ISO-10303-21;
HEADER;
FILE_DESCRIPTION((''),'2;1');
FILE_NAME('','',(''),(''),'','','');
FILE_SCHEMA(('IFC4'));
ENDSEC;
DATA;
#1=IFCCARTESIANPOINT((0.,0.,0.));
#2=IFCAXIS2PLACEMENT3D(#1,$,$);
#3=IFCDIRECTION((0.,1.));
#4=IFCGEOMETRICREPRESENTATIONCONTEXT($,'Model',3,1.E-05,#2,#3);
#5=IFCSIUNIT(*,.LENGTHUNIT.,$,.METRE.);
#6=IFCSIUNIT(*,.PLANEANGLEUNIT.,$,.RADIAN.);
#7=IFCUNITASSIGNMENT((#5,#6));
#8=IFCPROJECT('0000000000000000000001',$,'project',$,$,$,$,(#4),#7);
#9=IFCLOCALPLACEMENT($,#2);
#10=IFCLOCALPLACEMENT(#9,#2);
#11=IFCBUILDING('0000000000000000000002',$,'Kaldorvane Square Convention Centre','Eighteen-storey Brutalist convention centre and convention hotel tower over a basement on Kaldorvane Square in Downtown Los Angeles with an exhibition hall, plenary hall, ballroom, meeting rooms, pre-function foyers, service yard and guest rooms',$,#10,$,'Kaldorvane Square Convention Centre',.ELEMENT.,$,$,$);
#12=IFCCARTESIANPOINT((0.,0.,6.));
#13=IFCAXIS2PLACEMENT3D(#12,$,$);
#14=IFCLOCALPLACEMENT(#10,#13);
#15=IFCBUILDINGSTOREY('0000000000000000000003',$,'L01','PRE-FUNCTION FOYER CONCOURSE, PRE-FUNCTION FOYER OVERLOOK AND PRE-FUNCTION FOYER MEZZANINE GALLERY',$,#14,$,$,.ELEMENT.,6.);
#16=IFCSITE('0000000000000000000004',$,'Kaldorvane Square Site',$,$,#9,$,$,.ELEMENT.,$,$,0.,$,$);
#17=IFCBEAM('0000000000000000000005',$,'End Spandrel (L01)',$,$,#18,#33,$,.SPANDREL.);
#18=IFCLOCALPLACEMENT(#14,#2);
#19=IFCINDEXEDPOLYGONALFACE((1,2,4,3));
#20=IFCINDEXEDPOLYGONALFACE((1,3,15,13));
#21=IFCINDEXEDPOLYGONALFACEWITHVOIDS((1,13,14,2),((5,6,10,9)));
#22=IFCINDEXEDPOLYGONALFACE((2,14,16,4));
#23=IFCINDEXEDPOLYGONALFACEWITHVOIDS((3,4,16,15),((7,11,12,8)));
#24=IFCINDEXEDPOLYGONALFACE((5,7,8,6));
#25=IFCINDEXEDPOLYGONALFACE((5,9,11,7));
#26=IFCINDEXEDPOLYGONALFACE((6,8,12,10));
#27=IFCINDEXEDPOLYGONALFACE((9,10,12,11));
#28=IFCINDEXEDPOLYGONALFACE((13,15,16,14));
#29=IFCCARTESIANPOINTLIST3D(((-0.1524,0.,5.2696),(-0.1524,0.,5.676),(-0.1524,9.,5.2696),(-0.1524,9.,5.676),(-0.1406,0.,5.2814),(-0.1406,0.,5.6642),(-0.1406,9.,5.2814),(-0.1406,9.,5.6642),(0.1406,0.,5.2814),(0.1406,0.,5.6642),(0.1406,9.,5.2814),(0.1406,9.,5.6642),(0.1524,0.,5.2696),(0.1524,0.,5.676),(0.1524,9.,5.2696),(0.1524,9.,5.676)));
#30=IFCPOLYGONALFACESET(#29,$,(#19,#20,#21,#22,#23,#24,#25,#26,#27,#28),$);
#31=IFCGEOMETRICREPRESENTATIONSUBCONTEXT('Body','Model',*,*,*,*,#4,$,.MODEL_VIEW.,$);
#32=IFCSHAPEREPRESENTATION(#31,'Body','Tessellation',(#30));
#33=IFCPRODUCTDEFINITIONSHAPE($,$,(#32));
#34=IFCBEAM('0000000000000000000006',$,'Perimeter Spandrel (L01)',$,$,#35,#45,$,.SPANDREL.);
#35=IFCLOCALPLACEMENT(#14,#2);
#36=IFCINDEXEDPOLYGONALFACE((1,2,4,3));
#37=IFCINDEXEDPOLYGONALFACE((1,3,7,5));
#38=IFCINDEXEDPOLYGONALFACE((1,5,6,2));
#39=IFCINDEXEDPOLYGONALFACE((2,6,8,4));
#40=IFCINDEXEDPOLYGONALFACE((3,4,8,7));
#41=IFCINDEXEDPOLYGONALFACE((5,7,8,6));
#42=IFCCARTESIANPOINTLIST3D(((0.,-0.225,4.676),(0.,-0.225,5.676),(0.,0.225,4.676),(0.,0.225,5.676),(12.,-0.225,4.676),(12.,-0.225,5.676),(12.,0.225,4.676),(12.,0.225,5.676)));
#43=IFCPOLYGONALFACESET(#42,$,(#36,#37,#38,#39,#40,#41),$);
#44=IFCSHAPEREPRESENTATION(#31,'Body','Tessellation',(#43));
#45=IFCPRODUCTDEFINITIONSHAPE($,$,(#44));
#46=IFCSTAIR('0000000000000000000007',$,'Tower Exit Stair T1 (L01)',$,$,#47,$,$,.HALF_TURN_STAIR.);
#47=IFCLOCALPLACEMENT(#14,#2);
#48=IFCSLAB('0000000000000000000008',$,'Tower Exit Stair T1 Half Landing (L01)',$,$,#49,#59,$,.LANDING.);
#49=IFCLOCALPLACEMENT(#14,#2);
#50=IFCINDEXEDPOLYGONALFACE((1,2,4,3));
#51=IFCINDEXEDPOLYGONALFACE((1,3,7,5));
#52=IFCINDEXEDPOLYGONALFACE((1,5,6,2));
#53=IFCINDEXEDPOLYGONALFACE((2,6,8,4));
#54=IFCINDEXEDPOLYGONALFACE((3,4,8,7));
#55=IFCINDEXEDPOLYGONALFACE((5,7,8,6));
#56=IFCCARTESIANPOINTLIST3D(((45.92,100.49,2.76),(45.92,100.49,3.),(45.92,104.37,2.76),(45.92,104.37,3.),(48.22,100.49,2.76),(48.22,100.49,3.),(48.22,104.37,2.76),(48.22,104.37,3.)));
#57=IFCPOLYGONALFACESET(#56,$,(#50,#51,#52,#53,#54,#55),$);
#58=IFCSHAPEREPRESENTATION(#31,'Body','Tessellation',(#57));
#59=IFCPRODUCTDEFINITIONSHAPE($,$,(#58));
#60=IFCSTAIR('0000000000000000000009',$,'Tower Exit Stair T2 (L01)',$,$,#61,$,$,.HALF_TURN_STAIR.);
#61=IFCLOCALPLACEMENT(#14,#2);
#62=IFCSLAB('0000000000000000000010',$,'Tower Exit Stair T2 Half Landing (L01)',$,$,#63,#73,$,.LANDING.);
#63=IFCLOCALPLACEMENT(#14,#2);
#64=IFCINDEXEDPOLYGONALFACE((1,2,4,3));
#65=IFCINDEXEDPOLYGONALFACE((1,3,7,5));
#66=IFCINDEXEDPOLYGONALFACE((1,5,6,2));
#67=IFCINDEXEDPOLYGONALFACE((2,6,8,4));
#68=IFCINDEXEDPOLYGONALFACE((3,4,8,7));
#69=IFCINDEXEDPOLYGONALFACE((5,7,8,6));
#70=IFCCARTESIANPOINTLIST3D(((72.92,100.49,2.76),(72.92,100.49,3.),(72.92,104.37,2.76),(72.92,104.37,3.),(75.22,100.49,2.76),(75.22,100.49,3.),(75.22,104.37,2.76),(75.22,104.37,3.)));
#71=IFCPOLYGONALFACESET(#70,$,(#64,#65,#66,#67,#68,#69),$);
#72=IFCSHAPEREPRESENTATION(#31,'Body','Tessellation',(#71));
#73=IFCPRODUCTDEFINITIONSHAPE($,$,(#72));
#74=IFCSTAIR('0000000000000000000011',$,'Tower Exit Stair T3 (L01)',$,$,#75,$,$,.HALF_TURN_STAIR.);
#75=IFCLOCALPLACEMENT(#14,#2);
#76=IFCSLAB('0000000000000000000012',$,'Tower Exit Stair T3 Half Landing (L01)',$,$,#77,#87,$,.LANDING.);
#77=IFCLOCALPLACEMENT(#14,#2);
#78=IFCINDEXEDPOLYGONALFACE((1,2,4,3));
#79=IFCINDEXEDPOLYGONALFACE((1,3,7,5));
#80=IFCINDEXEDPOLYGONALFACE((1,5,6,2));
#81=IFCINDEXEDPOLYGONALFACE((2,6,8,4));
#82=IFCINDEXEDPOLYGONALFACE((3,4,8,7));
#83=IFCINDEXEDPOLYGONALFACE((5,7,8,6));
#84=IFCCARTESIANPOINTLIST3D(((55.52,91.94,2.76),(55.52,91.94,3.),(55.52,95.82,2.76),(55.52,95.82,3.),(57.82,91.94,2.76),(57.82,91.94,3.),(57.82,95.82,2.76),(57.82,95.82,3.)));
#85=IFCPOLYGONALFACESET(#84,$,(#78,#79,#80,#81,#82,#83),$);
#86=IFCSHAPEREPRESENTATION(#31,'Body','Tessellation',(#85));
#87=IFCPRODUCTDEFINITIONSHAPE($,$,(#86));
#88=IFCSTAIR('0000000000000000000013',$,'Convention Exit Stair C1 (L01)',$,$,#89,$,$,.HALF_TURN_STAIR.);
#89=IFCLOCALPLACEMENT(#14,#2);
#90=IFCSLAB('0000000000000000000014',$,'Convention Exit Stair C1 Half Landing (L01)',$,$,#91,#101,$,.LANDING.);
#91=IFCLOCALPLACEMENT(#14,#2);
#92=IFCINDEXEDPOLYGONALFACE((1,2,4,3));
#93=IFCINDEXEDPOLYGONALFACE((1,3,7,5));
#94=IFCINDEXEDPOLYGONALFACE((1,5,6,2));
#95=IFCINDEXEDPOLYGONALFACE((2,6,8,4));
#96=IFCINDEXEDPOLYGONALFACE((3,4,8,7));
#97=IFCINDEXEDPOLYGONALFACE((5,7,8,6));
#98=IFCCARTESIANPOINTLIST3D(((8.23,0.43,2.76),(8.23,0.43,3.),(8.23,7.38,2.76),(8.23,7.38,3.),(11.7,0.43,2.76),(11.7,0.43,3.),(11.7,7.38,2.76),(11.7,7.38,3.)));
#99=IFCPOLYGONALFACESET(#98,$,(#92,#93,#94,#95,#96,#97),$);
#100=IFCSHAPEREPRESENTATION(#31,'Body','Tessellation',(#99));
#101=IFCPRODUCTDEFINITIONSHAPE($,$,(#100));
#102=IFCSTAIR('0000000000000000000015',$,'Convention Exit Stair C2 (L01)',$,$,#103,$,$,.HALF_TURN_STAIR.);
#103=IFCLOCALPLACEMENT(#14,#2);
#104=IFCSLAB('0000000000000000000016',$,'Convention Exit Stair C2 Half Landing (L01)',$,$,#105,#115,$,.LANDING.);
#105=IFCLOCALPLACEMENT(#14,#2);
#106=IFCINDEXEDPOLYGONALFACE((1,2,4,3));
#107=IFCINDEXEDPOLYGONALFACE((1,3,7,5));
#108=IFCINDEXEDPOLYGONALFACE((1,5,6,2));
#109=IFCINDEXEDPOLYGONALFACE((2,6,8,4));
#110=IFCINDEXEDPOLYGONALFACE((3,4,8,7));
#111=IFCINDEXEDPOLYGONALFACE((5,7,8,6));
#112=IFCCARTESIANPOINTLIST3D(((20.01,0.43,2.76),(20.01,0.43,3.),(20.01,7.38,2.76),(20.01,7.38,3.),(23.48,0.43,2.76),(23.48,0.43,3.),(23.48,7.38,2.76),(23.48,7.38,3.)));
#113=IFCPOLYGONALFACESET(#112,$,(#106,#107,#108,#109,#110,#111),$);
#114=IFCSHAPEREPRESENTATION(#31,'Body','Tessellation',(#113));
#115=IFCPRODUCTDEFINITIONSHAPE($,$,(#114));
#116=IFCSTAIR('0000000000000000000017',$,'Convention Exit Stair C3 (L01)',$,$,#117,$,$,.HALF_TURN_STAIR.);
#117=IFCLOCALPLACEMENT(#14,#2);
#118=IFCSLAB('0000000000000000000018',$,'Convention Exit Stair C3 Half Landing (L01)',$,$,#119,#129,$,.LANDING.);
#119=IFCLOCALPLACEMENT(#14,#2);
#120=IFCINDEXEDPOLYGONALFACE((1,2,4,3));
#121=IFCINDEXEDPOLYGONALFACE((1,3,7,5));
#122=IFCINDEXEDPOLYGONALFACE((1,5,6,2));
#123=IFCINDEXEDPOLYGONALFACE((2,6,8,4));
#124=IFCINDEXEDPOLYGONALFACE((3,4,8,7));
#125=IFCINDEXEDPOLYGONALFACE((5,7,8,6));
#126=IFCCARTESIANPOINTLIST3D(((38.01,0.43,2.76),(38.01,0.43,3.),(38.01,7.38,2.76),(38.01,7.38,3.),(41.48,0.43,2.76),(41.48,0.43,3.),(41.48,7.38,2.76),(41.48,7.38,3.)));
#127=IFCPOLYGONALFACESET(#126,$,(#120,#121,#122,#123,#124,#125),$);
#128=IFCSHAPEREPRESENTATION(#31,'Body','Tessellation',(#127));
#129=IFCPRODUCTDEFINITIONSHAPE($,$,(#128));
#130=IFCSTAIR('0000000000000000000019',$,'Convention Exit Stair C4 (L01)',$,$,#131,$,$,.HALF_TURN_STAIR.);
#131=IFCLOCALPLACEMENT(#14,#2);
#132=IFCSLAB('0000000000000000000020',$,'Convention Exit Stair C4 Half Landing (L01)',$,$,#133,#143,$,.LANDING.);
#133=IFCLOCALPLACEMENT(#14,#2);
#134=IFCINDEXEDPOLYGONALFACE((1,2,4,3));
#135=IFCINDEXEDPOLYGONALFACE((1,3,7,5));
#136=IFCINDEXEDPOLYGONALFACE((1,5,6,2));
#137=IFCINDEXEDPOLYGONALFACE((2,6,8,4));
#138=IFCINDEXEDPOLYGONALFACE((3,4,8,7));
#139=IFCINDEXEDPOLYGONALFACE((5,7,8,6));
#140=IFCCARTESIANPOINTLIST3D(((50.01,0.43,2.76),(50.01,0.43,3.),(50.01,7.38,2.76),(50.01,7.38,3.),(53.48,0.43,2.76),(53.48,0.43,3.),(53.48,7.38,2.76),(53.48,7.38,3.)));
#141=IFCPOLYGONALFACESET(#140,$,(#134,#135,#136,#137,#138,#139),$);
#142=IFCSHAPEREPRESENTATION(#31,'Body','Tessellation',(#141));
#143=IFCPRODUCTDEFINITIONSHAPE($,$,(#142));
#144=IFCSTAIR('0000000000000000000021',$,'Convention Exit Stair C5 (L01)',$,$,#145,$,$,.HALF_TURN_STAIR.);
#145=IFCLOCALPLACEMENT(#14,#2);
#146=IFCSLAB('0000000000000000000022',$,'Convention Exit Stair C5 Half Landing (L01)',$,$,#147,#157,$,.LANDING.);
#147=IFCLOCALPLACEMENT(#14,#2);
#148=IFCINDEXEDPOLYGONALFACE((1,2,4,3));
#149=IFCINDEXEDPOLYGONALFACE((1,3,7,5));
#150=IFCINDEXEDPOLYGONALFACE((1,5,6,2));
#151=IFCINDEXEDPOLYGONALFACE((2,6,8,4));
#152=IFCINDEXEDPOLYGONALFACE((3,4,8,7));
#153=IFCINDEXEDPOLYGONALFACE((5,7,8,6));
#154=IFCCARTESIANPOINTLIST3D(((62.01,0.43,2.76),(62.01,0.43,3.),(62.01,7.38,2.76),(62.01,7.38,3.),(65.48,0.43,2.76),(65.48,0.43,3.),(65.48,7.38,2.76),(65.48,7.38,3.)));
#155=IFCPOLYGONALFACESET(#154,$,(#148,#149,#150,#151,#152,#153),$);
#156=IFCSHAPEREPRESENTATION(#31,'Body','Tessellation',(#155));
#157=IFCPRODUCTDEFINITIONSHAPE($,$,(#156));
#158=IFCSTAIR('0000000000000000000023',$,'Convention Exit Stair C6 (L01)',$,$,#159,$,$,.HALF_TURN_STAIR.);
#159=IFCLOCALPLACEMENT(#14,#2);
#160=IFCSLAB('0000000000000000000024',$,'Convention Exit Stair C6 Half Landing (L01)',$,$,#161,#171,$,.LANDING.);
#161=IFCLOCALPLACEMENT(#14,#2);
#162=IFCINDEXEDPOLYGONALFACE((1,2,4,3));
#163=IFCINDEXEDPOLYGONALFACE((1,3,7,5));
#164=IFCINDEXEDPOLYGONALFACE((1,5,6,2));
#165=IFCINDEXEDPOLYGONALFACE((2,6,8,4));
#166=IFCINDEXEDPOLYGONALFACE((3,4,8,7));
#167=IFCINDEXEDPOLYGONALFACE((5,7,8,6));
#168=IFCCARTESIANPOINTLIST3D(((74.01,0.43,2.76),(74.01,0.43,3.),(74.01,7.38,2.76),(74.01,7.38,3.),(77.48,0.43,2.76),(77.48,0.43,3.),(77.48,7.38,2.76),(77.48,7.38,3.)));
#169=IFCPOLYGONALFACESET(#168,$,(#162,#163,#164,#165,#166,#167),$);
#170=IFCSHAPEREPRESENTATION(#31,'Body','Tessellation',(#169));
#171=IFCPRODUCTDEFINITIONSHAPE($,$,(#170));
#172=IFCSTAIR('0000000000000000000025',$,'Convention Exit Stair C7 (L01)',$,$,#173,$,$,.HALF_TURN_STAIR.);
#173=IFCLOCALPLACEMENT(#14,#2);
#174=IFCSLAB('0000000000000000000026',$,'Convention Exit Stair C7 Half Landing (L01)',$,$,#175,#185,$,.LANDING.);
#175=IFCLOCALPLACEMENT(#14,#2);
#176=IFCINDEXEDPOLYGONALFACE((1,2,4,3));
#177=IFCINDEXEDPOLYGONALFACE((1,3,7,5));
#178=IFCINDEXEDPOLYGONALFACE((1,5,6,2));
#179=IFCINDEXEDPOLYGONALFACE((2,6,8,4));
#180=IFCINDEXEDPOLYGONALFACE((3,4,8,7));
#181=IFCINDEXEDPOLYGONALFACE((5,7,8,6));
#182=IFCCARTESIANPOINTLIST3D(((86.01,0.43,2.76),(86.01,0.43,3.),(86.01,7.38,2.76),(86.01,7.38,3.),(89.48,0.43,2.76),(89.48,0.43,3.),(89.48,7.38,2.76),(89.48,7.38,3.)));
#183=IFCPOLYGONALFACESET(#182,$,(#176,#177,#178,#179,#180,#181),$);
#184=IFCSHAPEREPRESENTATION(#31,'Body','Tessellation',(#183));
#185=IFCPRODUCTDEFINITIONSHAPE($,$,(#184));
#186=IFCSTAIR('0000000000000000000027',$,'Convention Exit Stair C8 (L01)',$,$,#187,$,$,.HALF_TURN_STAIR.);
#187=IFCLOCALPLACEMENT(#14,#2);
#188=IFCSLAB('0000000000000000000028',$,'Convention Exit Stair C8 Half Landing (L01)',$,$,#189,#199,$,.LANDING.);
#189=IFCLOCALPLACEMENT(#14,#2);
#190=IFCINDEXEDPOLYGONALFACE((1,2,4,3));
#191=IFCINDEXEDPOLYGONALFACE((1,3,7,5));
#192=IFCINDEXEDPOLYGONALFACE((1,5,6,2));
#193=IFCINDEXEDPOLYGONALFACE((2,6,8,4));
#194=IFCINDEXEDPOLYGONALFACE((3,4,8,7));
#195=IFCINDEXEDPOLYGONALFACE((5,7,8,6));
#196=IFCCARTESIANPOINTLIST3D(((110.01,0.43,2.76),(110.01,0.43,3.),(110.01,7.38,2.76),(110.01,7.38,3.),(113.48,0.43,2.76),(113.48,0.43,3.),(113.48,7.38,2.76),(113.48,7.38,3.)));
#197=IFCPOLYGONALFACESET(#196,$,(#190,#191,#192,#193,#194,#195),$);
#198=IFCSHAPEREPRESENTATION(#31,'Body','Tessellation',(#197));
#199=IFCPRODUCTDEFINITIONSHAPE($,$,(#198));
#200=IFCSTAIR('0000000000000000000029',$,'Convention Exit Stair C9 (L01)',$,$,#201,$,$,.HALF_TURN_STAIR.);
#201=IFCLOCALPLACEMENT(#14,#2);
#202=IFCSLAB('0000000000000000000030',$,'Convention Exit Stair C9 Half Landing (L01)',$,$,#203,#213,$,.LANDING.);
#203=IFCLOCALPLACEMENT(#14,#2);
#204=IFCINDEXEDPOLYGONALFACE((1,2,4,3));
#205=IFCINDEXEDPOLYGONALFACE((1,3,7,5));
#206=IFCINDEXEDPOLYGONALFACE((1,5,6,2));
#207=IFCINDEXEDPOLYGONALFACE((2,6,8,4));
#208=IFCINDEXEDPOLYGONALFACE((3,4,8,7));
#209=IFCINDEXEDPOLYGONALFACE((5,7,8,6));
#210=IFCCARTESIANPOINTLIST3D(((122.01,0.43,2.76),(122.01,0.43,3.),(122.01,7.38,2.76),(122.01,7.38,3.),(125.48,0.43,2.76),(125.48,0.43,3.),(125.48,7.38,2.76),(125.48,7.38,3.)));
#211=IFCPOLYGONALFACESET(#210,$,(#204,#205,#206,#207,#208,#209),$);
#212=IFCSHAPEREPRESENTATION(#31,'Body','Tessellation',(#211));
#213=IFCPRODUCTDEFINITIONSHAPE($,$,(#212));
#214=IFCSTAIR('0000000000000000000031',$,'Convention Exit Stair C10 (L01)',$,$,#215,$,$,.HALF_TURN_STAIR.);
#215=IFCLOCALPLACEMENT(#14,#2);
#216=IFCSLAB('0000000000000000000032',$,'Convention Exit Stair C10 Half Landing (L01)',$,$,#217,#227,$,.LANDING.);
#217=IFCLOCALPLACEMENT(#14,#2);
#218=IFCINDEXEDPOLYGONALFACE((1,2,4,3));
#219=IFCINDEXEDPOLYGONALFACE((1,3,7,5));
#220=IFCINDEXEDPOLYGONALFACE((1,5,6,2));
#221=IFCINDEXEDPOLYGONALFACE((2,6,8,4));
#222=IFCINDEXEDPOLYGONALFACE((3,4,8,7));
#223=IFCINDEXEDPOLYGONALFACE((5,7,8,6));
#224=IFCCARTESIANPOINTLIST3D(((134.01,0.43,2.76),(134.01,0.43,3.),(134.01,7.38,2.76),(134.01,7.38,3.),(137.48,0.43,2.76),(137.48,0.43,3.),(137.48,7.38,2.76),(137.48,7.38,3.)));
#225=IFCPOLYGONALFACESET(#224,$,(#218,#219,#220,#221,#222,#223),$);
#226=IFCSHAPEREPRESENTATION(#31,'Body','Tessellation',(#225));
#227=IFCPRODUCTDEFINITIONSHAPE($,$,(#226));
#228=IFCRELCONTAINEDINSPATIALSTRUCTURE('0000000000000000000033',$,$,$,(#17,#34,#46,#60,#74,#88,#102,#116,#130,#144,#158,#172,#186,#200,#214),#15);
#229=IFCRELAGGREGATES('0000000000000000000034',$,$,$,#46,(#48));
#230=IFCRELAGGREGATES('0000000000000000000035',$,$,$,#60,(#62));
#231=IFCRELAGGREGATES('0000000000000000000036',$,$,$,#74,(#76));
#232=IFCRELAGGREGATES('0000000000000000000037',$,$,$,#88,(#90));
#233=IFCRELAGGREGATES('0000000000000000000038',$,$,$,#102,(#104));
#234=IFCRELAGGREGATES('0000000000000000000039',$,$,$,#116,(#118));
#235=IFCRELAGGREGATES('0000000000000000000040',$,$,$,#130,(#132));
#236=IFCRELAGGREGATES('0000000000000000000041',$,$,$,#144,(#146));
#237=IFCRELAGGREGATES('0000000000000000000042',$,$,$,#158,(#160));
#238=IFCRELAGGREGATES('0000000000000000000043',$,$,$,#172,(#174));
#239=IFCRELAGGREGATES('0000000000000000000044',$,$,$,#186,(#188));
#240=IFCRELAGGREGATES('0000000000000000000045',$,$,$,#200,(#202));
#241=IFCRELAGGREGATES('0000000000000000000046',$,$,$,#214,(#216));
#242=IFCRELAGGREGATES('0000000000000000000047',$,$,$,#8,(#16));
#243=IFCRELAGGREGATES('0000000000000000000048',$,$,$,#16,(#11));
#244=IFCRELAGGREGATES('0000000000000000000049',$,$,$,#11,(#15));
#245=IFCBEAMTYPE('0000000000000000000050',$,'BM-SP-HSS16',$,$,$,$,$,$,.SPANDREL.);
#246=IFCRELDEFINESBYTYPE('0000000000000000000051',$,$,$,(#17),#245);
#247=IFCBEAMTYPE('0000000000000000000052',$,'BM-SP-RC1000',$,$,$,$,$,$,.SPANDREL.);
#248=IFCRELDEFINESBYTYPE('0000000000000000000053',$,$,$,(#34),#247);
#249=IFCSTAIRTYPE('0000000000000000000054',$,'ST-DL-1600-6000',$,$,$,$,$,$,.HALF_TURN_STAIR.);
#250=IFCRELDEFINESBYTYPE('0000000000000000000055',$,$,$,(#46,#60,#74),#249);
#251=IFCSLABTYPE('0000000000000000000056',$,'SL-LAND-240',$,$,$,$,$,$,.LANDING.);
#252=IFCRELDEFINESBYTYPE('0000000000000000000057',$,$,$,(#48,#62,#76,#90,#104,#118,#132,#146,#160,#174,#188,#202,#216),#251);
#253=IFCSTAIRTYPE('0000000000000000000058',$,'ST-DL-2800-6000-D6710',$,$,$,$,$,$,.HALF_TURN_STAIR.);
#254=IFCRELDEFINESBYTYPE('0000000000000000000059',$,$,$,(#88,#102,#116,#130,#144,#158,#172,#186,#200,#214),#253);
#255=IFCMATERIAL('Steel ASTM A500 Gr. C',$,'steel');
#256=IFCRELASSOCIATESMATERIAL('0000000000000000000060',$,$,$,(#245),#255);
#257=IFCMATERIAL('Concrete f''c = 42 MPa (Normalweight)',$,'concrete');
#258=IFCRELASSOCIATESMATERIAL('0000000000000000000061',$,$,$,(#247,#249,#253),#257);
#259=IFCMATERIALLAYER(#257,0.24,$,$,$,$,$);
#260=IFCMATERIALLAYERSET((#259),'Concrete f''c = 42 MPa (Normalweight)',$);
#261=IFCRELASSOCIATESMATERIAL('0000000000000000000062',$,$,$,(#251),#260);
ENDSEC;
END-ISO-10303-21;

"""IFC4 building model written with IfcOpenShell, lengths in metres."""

from ifc_helpers import new_model, si_unit, direction, frame, origin, origin_2d, place, context, subcontext, project, spatial, polyline, rectangle, hollow_rectangle, outline, extrude, material, layer, layer_set, material_profile, profile_set, type_object, element, aggregate, save


model = new_model("IFC4")

# Units and contexts
model_context = context("Model", 3, precision=1e-05, world=origin(), true_north=direction((0.0, 1.0)))
body_context = subcontext(model_context, "Body", "Model", "MODEL_VIEW")
ifc_project = project(units=[si_unit("LENGTHUNIT", "METRE"), si_unit("PLANEANGLEUNIT", "RADIAN")], contexts=[model_context])

# Site, building, storey
site_placement = place(None, origin())
site = spatial("IfcSite", under=ifc_project, at=site_placement, Name="Kaldorvane Square Site", CompositionType="ELEMENT", RefElevation=0.0)
building_placement = place(site_placement, origin())
building = spatial("IfcBuilding", under=site, at=building_placement, Name="Kaldorvane Square Convention Centre", Description="Eighteen-storey Brutalist convention centre and convention hotel tower over a basement on Kaldorvane Square in Downtown Los Angeles with an exhibition hall, plenary hall, ballroom, meeting rooms, pre-function foyers, service yard and guest rooms", LongName="Kaldorvane Square Convention Centre", CompositionType="ELEMENT")
storey_placement = place(building_placement, frame((0.0, 0.0, 6.0)))
storey = spatial("IfcBuildingStorey", under=building, at=storey_placement, Name="L01", Description="PRE-FUNCTION FOYER CONCOURSE, PRE-FUNCTION FOYER OVERLOOK AND PRE-FUNCTION FOYER MEZZANINE GALLERY", CompositionType="ELEMENT", Elevation=6.0)

# Beams
ifc_material_1 = material(Name="Steel ASTM A500 Gr. C", Category="steel")
ifc_material_profile_1 = material_profile(ifc_material_1, hollow_rectangle(XDim=0.3048, YDim=0.4064, WallThickness=0.0118, at=origin_2d()), Name="HSS16X12X1/2")
ifc_profile_set_1 = profile_set([ifc_material_profile_1], Name="Steel ASTM A500 Gr. C")
beam_type_1 = type_object("IfcBeamType", Name="BM-SP-HSS16", PredefinedType="SPANDREL", material=ifc_profile_set_1)
beam_1_placement = place(storey_placement, frame((0.0, 0.0, 5.4728), z_axis=(0.0, 1.0, 0.0), x_axis=(-1.0, 0.0, 0.0)))
element("IfcBeam", 1, at=beam_1_placement, inside=storey, type_object=beam_type_1, Name="End Spandrel (L01)", PredefinedType="SPANDREL", context=body_context, shape_type="SweptSolid", body=[
    extrude(hollow_rectangle(XDim=0.3048, YDim=0.4064, WallThickness=0.0118, at=origin_2d()), origin(), (0.0, 0.0, 1.0), 9.0),
])
ifc_material_2 = material(Name="Concrete f'c = 42 MPa (Normalweight)", Category="concrete")
ifc_material_profile_2 = material_profile(ifc_material_2, rectangle(XDim=0.45, YDim=1.0, at=origin_2d()), Name="RCSP1000X450")
ifc_profile_set_2 = profile_set([ifc_material_profile_2], Name="Concrete f'c = 42 MPa (Normalweight)")
beam_type_2 = type_object("IfcBeamType", Name="BM-SP-RC1000", PredefinedType="SPANDREL", material=ifc_profile_set_2)
beam_2_placement = place(storey_placement, frame((0.0, 0.0, 5.176), z_axis=(1.0, 0.0, 0.0), x_axis=(0.0, 1.0, 0.0)))
element("IfcBeam", 2, at=beam_2_placement, inside=storey, type_object=beam_type_2, Name="Perimeter Spandrel (L01)", PredefinedType="SPANDREL", context=body_context, shape_type="SweptSolid", body=[
    extrude(rectangle(XDim=0.45, YDim=1.0, at=origin_2d()), origin(), (0.0, 0.0, 1.0), 12.0),
])

# Stairs, slabs
stair_type_1 = type_object("IfcStairType", Name="ST-DL-1600-6000", PredefinedType="HALF_TURN_STAIR", material=ifc_material_2)
stair_1_placement = place(storey_placement, origin())
stair_1 = element("IfcStair", 3, at=stair_1_placement, inside=storey, type_object=stair_type_1, Name="Tower Exit Stair T1 (L01)", PredefinedType="HALF_TURN_STAIR")
ifc_layer_1 = layer(ifc_material_2, 0.24)
ifc_layer_set_1 = layer_set([ifc_layer_1], Name="Concrete f'c = 42 MPa (Normalweight)")
slab_type = type_object("IfcSlabType", Name="SL-LAND-240", PredefinedType="LANDING", material=ifc_layer_set_1)
slab_1_placement = place(storey_placement, frame((0.0, 0.0, 2.76)))
slab_1 = element("IfcSlab", 4, at=slab_1_placement, type_object=slab_type, Name="Tower Exit Stair T1 Half Landing (L01)", PredefinedType="LANDING", context=body_context, shape_type="SweptSolid", body=[
    extrude(outline(polyline([(45.92, 100.49), (48.22, 100.49), (48.22, 104.37), (45.92, 104.37), (45.92, 100.49)])), origin(), (0.0, 0.0, 1.0), 0.24),
])
aggregate(stair_1, [slab_1])
stair_2_placement = place(storey_placement, origin())
stair_2 = element("IfcStair", 5, at=stair_2_placement, inside=storey, type_object=stair_type_1, Name="Tower Exit Stair T2 (L01)", PredefinedType="HALF_TURN_STAIR")
slab_2_placement = place(storey_placement, frame((0.0, 0.0, 2.76)))
slab_2 = element("IfcSlab", 6, at=slab_2_placement, type_object=slab_type, Name="Tower Exit Stair T2 Half Landing (L01)", PredefinedType="LANDING", context=body_context, shape_type="SweptSolid", body=[
    extrude(outline(polyline([(72.92, 100.49), (75.22, 100.49), (75.22, 104.37), (72.92, 104.37), (72.92, 100.49)])), origin(), (0.0, 0.0, 1.0), 0.24),
])
aggregate(stair_2, [slab_2])
stair_3_placement = place(storey_placement, origin())
stair_3 = element("IfcStair", 7, at=stair_3_placement, inside=storey, type_object=stair_type_1, Name="Tower Exit Stair T3 (L01)", PredefinedType="HALF_TURN_STAIR")
slab_3_placement = place(storey_placement, frame((0.0, 0.0, 2.76)))
slab_3 = element("IfcSlab", 8, at=slab_3_placement, type_object=slab_type, Name="Tower Exit Stair T3 Half Landing (L01)", PredefinedType="LANDING", context=body_context, shape_type="SweptSolid", body=[
    extrude(outline(polyline([(55.52, 91.94), (57.82, 91.94), (57.82, 95.82), (55.52, 95.82), (55.52, 91.94)])), origin(), (0.0, 0.0, 1.0), 0.24),
])
aggregate(stair_3, [slab_3])
stair_type_2 = type_object("IfcStairType", Name="ST-DL-2800-6000-D6710", PredefinedType="HALF_TURN_STAIR", material=ifc_material_2)
stair_4_placement = place(storey_placement, origin())
stair_4 = element("IfcStair", 9, at=stair_4_placement, inside=storey, type_object=stair_type_2, Name="Convention Exit Stair C1 (L01)", PredefinedType="HALF_TURN_STAIR")
slab_4_placement = place(storey_placement, frame((0.0, 0.0, 2.76)))
slab_4 = element("IfcSlab", 10, at=slab_4_placement, type_object=slab_type, Name="Convention Exit Stair C1 Half Landing (L01)", PredefinedType="LANDING", context=body_context, shape_type="SweptSolid", body=[
    extrude(outline(polyline([(8.23, 0.43), (11.7, 0.43), (11.7, 7.38), (8.23, 7.38), (8.23, 0.43)])), origin(), (0.0, 0.0, 1.0), 0.24),
])
aggregate(stair_4, [slab_4])
stair_5_placement = place(storey_placement, origin())
stair_5 = element("IfcStair", 11, at=stair_5_placement, inside=storey, type_object=stair_type_2, Name="Convention Exit Stair C2 (L01)", PredefinedType="HALF_TURN_STAIR")
slab_5_placement = place(storey_placement, frame((0.0, 0.0, 2.76)))
slab_5 = element("IfcSlab", 12, at=slab_5_placement, type_object=slab_type, Name="Convention Exit Stair C2 Half Landing (L01)", PredefinedType="LANDING", context=body_context, shape_type="SweptSolid", body=[
    extrude(outline(polyline([(20.01, 0.43), (23.48, 0.43), (23.48, 7.38), (20.01, 7.38), (20.01, 0.43)])), origin(), (0.0, 0.0, 1.0), 0.24),
])
aggregate(stair_5, [slab_5])
stair_6_placement = place(storey_placement, origin())
stair_6 = element("IfcStair", 13, at=stair_6_placement, inside=storey, type_object=stair_type_2, Name="Convention Exit Stair C3 (L01)", PredefinedType="HALF_TURN_STAIR")
slab_6_placement = place(storey_placement, frame((0.0, 0.0, 2.76)))
slab_6 = element("IfcSlab", 14, at=slab_6_placement, type_object=slab_type, Name="Convention Exit Stair C3 Half Landing (L01)", PredefinedType="LANDING", context=body_context, shape_type="SweptSolid", body=[
    extrude(outline(polyline([(38.01, 0.43), (41.48, 0.43), (41.48, 7.38), (38.01, 7.38), (38.01, 0.43)])), origin(), (0.0, 0.0, 1.0), 0.24),
])
aggregate(stair_6, [slab_6])
stair_7_placement = place(storey_placement, origin())
stair_7 = element("IfcStair", 15, at=stair_7_placement, inside=storey, type_object=stair_type_2, Name="Convention Exit Stair C4 (L01)", PredefinedType="HALF_TURN_STAIR")
slab_7_placement = place(storey_placement, frame((0.0, 0.0, 2.76)))
slab_7 = element("IfcSlab", 16, at=slab_7_placement, type_object=slab_type, Name="Convention Exit Stair C4 Half Landing (L01)", PredefinedType="LANDING", context=body_context, shape_type="SweptSolid", body=[
    extrude(outline(polyline([(50.01, 0.43), (53.48, 0.43), (53.48, 7.38), (50.01, 7.38), (50.01, 0.43)])), origin(), (0.0, 0.0, 1.0), 0.24),
])
aggregate(stair_7, [slab_7])
stair_8_placement = place(storey_placement, origin())
stair_8 = element("IfcStair", 17, at=stair_8_placement, inside=storey, type_object=stair_type_2, Name="Convention Exit Stair C5 (L01)", PredefinedType="HALF_TURN_STAIR")
slab_8_placement = place(storey_placement, frame((0.0, 0.0, 2.76)))
slab_8 = element("IfcSlab", 18, at=slab_8_placement, type_object=slab_type, Name="Convention Exit Stair C5 Half Landing (L01)", PredefinedType="LANDING", context=body_context, shape_type="SweptSolid", body=[
    extrude(outline(polyline([(62.01, 0.43), (65.48, 0.43), (65.48, 7.38), (62.01, 7.38), (62.01, 0.43)])), origin(), (0.0, 0.0, 1.0), 0.24),
])
aggregate(stair_8, [slab_8])
stair_9_placement = place(storey_placement, origin())
stair_9 = element("IfcStair", 19, at=stair_9_placement, inside=storey, type_object=stair_type_2, Name="Convention Exit Stair C6 (L01)", PredefinedType="HALF_TURN_STAIR")
slab_9_placement = place(storey_placement, frame((0.0, 0.0, 2.76)))
slab_9 = element("IfcSlab", 20, at=slab_9_placement, type_object=slab_type, Name="Convention Exit Stair C6 Half Landing (L01)", PredefinedType="LANDING", context=body_context, shape_type="SweptSolid", body=[
    extrude(outline(polyline([(74.01, 0.43), (77.48, 0.43), (77.48, 7.38), (74.01, 7.38), (74.01, 0.43)])), origin(), (0.0, 0.0, 1.0), 0.24),
])
aggregate(stair_9, [slab_9])
stair_10_placement = place(storey_placement, origin())
stair_10 = element("IfcStair", 21, at=stair_10_placement, inside=storey, type_object=stair_type_2, Name="Convention Exit Stair C7 (L01)", PredefinedType="HALF_TURN_STAIR")
slab_10_placement = place(storey_placement, frame((0.0, 0.0, 2.76)))
slab_10 = element("IfcSlab", 22, at=slab_10_placement, type_object=slab_type, Name="Convention Exit Stair C7 Half Landing (L01)", PredefinedType="LANDING", context=body_context, shape_type="SweptSolid", body=[
    extrude(outline(polyline([(86.01, 0.43), (89.48, 0.43), (89.48, 7.38), (86.01, 7.38), (86.01, 0.43)])), origin(), (0.0, 0.0, 1.0), 0.24),
])
aggregate(stair_10, [slab_10])
stair_11_placement = place(storey_placement, origin())
stair_11 = element("IfcStair", 23, at=stair_11_placement, inside=storey, type_object=stair_type_2, Name="Convention Exit Stair C8 (L01)", PredefinedType="HALF_TURN_STAIR")
slab_11_placement = place(storey_placement, frame((0.0, 0.0, 2.76)))
slab_11 = element("IfcSlab", 24, at=slab_11_placement, type_object=slab_type, Name="Convention Exit Stair C8 Half Landing (L01)", PredefinedType="LANDING", context=body_context, shape_type="SweptSolid", body=[
    extrude(outline(polyline([(110.01, 0.43), (113.48, 0.43), (113.48, 7.38), (110.01, 7.38), (110.01, 0.43)])), origin(), (0.0, 0.0, 1.0), 0.24),
])
aggregate(stair_11, [slab_11])
stair_12_placement = place(storey_placement, origin())
stair_12 = element("IfcStair", 25, at=stair_12_placement, inside=storey, type_object=stair_type_2, Name="Convention Exit Stair C9 (L01)", PredefinedType="HALF_TURN_STAIR")
slab_12_placement = place(storey_placement, frame((0.0, 0.0, 2.76)))
slab_12 = element("IfcSlab", 26, at=slab_12_placement, type_object=slab_type, Name="Convention Exit Stair C9 Half Landing (L01)", PredefinedType="LANDING", context=body_context, shape_type="SweptSolid", body=[
    extrude(outline(polyline([(122.01, 0.43), (125.48, 0.43), (125.48, 7.38), (122.01, 7.38), (122.01, 0.43)])), origin(), (0.0, 0.0, 1.0), 0.24),
])
aggregate(stair_12, [slab_12])
stair_13_placement = place(storey_placement, origin())
stair_13 = element("IfcStair", 27, at=stair_13_placement, inside=storey, type_object=stair_type_2, Name="Convention Exit Stair C10 (L01)", PredefinedType="HALF_TURN_STAIR")
slab_13_placement = place(storey_placement, frame((0.0, 0.0, 2.76)))
slab_13 = element("IfcSlab", 28, at=slab_13_placement, type_object=slab_type, Name="Convention Exit Stair C10 Half Landing (L01)", PredefinedType="LANDING", context=body_context, shape_type="SweptSolid", body=[
    extrude(outline(polyline([(134.01, 0.43), (137.48, 0.43), (137.48, 7.38), (134.01, 7.38), (134.01, 0.43)])), origin(), (0.0, 0.0, 1.0), 0.24),
])
aggregate(stair_13, [slab_13])

save(model, "model.ifc")
